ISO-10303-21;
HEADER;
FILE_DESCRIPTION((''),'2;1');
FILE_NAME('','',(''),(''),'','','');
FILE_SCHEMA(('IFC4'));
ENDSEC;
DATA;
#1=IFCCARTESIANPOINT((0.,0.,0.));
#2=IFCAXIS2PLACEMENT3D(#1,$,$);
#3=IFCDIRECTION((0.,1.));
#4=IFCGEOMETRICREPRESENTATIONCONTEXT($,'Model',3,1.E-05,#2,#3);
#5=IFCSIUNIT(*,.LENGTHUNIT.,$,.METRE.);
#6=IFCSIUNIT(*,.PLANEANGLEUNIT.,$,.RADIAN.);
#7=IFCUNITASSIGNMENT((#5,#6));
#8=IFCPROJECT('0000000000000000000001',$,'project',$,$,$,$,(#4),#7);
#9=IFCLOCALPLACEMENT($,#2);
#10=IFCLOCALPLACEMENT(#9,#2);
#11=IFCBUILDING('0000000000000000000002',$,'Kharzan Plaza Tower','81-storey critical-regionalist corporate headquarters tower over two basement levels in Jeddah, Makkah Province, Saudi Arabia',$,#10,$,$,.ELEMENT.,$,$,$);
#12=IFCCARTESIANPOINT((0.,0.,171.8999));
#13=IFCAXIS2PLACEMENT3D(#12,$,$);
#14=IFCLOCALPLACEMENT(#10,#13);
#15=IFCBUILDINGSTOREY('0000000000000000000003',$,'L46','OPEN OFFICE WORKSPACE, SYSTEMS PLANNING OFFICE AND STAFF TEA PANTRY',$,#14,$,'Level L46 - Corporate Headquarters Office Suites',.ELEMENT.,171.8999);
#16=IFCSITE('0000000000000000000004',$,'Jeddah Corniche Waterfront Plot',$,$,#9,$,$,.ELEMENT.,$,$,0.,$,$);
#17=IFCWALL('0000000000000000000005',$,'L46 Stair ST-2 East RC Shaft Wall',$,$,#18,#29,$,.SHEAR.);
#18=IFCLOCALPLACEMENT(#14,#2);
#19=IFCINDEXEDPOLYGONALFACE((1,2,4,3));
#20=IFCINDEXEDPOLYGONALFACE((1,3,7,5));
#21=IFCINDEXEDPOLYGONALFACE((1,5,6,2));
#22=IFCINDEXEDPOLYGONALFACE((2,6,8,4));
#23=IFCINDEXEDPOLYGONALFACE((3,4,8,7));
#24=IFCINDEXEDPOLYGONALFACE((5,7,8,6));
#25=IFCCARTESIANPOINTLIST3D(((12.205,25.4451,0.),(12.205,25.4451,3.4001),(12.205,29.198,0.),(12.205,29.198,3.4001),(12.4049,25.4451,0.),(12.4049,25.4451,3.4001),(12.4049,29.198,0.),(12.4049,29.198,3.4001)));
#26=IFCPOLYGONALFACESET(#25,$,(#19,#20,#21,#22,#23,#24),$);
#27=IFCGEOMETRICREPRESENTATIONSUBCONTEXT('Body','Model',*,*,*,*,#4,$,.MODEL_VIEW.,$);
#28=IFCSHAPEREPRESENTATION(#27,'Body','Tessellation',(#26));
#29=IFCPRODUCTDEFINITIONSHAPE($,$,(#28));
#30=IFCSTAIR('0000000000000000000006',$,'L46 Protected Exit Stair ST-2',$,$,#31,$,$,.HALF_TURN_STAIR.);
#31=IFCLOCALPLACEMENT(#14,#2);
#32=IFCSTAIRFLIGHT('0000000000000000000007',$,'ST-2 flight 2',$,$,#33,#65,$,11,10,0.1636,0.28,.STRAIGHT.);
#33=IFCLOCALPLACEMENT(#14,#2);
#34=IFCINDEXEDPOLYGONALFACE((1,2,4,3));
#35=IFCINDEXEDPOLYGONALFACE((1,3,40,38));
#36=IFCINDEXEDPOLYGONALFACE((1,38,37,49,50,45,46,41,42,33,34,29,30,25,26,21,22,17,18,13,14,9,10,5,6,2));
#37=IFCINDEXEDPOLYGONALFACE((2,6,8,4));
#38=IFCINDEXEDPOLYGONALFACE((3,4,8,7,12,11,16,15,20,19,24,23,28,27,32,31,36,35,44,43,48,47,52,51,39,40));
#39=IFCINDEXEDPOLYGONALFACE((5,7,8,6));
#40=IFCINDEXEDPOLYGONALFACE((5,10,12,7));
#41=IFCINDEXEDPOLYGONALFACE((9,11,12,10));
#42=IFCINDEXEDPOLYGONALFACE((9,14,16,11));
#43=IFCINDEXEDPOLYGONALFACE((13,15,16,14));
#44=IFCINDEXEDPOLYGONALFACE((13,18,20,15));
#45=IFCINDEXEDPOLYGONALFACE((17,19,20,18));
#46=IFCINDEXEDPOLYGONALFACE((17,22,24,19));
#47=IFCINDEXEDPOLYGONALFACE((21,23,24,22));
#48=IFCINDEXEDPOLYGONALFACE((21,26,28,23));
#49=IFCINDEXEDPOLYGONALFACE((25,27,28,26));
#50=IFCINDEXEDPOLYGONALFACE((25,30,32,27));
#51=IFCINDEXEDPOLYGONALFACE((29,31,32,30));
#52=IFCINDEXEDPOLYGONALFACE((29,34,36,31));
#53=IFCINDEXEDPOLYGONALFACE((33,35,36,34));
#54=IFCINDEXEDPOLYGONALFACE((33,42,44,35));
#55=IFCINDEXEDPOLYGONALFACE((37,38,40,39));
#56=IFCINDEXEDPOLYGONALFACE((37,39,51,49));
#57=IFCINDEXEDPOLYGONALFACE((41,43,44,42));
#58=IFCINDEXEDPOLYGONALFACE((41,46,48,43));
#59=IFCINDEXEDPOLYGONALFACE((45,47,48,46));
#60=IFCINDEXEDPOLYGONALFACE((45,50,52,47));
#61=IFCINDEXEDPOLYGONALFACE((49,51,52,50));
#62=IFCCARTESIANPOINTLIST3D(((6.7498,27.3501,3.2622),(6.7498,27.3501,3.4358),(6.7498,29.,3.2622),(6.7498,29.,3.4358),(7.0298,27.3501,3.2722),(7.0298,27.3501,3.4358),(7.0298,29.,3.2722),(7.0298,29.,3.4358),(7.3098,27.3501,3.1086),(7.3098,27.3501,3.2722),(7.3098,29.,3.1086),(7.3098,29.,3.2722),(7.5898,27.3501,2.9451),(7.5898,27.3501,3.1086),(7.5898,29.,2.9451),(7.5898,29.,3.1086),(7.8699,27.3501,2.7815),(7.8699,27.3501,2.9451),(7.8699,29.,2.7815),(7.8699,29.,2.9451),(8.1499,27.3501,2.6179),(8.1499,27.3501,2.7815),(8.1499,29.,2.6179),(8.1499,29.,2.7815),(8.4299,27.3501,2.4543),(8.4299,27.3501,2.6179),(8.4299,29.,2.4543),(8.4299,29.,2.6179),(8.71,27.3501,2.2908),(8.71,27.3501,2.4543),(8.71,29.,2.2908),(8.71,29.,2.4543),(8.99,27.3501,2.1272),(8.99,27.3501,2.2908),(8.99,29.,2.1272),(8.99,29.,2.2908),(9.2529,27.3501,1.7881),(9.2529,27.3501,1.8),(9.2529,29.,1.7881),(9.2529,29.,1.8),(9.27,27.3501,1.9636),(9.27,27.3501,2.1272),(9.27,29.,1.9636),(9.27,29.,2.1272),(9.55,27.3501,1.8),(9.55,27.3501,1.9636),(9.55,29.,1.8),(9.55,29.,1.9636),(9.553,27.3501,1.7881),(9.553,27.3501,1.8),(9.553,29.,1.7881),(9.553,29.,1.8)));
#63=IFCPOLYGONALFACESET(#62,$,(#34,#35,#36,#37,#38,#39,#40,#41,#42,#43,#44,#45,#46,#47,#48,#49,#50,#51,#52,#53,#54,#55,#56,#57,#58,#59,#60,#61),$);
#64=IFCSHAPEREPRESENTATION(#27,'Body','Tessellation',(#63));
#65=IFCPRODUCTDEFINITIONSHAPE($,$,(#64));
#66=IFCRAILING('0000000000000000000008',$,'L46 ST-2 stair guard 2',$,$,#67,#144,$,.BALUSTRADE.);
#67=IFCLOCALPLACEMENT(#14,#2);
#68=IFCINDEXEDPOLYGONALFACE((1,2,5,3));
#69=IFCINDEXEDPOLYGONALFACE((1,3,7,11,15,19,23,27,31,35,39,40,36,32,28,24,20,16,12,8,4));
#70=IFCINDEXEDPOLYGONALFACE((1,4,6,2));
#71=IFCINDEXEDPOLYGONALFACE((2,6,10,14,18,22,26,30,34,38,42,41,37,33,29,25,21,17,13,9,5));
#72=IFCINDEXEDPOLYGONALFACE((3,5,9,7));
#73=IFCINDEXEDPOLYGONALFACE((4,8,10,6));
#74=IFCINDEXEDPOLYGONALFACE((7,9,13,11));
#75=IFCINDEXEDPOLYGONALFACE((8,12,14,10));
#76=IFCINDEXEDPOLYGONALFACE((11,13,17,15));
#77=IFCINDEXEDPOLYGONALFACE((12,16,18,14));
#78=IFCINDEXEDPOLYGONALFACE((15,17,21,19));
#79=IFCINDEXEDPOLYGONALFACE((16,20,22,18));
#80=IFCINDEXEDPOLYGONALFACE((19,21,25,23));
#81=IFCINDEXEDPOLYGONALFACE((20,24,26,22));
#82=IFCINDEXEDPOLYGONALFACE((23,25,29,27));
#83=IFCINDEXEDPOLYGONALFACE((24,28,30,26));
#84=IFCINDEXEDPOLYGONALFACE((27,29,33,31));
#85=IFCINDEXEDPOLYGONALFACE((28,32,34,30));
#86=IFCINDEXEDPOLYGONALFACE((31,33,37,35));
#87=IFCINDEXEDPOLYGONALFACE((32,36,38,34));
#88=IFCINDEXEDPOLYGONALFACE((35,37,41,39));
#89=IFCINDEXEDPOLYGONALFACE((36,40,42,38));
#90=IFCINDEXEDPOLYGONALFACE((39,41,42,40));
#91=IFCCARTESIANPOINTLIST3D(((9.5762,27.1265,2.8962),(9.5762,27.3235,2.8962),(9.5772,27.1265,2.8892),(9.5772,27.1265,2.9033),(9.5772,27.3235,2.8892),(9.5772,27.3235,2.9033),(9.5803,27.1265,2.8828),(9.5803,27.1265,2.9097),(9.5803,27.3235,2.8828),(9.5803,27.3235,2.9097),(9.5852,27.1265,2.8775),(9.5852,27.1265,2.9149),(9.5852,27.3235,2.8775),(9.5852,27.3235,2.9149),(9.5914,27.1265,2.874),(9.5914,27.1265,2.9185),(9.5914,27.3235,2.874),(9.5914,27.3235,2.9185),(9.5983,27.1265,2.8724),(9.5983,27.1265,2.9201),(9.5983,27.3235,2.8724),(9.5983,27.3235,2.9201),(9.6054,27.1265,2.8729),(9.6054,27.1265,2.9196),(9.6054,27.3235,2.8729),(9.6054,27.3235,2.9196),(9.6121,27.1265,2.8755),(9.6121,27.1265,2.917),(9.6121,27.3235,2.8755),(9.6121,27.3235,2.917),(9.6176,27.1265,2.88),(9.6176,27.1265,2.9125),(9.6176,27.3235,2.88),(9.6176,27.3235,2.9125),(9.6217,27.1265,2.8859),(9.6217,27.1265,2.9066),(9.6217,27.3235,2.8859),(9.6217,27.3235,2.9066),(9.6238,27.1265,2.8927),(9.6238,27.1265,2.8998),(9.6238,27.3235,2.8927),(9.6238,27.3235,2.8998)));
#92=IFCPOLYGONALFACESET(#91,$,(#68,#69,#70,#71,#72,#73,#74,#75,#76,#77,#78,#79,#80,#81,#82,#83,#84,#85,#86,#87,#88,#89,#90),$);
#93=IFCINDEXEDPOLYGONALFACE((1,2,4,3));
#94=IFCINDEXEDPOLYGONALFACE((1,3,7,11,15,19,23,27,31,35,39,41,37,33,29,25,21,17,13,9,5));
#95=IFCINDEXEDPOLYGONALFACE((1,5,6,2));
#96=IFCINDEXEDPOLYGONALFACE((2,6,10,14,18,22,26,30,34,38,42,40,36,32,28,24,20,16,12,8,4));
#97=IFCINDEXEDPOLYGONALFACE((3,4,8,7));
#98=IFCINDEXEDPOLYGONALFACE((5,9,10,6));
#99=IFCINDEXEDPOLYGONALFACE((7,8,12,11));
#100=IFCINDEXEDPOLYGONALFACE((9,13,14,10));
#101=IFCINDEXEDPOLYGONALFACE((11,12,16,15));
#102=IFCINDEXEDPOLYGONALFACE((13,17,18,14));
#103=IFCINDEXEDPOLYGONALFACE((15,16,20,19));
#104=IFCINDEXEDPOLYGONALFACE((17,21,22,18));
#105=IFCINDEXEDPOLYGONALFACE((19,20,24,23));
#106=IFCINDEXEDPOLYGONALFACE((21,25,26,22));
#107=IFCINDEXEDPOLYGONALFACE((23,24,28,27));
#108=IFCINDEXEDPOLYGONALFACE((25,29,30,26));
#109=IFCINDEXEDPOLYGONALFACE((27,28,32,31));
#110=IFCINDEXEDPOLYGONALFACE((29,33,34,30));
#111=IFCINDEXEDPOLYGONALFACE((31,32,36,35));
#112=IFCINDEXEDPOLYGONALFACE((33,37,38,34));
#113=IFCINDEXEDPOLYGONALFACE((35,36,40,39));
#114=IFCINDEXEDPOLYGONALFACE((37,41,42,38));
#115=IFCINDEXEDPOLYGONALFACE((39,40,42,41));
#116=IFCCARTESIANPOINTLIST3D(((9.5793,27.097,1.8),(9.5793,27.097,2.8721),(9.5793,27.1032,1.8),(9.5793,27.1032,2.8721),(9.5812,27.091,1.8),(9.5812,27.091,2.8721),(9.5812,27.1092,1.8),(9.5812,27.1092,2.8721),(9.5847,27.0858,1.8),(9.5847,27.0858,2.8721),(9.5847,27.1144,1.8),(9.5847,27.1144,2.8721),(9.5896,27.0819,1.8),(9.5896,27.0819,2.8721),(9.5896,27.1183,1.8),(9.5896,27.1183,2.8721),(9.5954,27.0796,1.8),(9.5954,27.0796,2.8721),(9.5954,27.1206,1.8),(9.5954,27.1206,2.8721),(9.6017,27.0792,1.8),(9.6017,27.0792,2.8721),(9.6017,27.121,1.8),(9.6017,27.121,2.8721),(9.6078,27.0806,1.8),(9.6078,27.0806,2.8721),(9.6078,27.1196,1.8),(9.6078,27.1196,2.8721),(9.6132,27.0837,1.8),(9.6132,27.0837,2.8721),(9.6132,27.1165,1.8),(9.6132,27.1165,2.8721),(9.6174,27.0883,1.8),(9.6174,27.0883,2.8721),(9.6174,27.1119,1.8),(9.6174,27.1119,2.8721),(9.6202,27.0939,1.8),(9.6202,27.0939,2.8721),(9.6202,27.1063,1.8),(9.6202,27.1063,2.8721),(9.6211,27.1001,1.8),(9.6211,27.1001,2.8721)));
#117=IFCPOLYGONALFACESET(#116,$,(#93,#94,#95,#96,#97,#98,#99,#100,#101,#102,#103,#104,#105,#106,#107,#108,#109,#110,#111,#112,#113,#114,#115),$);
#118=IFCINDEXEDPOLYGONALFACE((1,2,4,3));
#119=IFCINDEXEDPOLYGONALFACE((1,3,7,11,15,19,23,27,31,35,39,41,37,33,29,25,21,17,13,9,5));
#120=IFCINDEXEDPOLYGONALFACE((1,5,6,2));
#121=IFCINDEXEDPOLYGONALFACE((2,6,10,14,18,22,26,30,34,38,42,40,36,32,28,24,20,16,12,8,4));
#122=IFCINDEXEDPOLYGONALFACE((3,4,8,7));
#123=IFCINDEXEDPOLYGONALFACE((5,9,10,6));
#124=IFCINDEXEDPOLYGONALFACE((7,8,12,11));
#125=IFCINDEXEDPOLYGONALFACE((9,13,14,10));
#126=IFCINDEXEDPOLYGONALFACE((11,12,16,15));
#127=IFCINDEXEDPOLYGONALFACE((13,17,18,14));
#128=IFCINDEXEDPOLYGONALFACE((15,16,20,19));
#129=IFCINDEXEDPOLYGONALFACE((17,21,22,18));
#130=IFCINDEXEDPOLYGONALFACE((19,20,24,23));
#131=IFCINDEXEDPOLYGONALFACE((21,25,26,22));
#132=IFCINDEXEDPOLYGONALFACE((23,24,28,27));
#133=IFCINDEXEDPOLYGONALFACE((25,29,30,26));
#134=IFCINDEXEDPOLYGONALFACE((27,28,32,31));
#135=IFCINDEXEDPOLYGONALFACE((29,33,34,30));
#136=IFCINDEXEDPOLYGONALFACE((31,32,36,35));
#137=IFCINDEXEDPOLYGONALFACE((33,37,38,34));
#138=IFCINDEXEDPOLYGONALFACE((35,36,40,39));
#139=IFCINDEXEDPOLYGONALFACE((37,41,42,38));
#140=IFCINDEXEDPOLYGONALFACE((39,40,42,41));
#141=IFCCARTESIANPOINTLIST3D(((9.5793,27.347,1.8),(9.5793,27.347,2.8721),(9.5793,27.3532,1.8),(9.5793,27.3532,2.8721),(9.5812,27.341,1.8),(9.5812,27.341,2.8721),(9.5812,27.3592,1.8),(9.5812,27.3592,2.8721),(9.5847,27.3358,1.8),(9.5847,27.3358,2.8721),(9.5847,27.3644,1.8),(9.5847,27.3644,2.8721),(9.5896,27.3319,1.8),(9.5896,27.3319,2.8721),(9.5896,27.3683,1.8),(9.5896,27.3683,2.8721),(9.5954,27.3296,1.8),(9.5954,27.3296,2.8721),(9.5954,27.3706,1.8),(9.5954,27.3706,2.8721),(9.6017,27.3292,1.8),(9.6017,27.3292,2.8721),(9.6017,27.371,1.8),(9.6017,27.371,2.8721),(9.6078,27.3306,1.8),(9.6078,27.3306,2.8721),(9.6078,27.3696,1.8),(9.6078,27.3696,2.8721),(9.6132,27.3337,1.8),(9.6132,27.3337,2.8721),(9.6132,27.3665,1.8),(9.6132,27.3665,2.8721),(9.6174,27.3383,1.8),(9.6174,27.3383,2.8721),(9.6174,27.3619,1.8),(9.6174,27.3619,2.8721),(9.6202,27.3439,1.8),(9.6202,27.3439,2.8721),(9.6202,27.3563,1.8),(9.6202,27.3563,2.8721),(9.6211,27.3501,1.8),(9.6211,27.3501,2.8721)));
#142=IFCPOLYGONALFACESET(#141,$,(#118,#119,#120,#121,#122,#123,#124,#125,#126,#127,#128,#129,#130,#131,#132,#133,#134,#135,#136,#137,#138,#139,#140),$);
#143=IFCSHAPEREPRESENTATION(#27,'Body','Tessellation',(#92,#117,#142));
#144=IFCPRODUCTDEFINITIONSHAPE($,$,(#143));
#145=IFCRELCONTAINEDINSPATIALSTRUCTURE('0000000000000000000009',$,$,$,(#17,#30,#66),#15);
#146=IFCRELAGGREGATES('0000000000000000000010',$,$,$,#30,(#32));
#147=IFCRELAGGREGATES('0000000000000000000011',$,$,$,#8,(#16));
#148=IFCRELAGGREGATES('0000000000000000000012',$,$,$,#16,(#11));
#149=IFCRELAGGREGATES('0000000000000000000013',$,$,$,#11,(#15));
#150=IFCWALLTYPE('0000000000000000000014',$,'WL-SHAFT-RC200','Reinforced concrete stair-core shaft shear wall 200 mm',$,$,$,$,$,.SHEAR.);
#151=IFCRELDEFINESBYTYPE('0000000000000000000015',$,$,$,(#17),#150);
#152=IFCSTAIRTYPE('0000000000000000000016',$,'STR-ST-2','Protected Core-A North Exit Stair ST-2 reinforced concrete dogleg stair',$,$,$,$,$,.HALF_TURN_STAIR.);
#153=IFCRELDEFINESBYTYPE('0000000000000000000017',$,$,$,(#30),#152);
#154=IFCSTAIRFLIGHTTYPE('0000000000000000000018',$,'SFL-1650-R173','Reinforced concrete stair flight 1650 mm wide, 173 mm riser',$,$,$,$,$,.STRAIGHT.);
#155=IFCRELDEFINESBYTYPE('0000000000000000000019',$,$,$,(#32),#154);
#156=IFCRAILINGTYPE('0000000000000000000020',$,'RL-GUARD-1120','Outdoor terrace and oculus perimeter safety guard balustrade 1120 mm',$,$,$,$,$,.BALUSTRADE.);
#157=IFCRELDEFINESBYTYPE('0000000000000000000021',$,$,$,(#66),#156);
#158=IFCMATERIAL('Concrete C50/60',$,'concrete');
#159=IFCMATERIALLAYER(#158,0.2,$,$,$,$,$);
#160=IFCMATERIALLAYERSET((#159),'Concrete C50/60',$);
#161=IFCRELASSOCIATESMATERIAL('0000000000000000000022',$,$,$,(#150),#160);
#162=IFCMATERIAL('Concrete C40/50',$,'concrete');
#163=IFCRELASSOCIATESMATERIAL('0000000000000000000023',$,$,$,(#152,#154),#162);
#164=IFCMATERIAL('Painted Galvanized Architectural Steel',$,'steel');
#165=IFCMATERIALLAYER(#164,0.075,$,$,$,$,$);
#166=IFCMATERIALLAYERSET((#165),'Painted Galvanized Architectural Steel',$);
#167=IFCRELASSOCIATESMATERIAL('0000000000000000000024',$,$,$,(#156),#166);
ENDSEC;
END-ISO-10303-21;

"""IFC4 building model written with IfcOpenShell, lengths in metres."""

from ifc_helpers import new_model, si_unit, direction, frame, frame_2d, origin, origin_2d, place, context, subcontext, project, spatial, polyline, rectangle, circle, outline, extrude, source, transform, mapped, material, layer, layer_set, type_object, element, aggregate, save


model = new_model("IFC4")

# Units and contexts
model_context = context("Model", 3, precision=1e-05, world=origin(), true_north=direction((0.0, 1.0)))
body_context = subcontext(model_context, "Body", "Model", "MODEL_VIEW")
ifc_project = project(units=[si_unit("LENGTHUNIT", "METRE"), si_unit("PLANEANGLEUNIT", "RADIAN")], contexts=[model_context])

# Site, building, storey
site_placement = place(None, origin())
site = spatial("IfcSite", under=ifc_project, at=site_placement, Name="Jeddah Corniche Waterfront Plot", CompositionType="ELEMENT", RefElevation=0.0)
building_placement = place(site_placement, origin())
building = spatial("IfcBuilding", under=site, at=building_placement, Name="Kharzan Plaza Tower", Description="81-storey critical-regionalist corporate headquarters tower over two basement levels in Jeddah, Makkah Province, Saudi Arabia", CompositionType="ELEMENT")
storey_placement = place(building_placement, frame((0.0, 0.0, 171.8999)))
storey = spatial("IfcBuildingStorey", under=building, at=storey_placement, Name="L46", Description="OPEN OFFICE WORKSPACE, SYSTEMS PLANNING OFFICE AND STAFF TEA PANTRY", LongName="Level L46 - Corporate Headquarters Office Suites", CompositionType="ELEMENT", Elevation=171.8999)

# Shared definitions
ifc_material_1 = material(Name="Concrete C40/50", Category="concrete")

# Wall
ifc_material_2 = material(Name="Concrete C50/60", Category="concrete")
ifc_layer_1 = layer(ifc_material_2, 0.2)
ifc_layer_set_1 = layer_set([ifc_layer_1], Name="Concrete C50/60")
wall_type_1 = type_object("IfcWallType", Name="WL-SHAFT-RC200", Description="Reinforced concrete stair-core shaft shear wall 200 mm", PredefinedType="SHEAR", material=ifc_layer_set_1)
shared_shape_1 = source(origin(), body_context, "Body", "SweptSolid", [
    extrude(rectangle(XDim=3.7529, YDim=0.2, at=frame_2d((1.8765, 0.0))), origin(), (0.0, 0.0, 1.0), 3.4001),
])
wall_1_placement = place(storey_placement, frame((12.3049, 25.4451, 0.0), z_axis=(0.0, 0.0, 1.0), x_axis=(0.0, 1.0, 0.0)))
element("IfcWall", 1, at=wall_1_placement, inside=storey, type_object=wall_type_1, Name="L46 Stair ST-2 East RC Shaft Wall", PredefinedType="SHEAR", context=body_context, shape_type="MappedRepresentation", body=[
    mapped(shared_shape_1, transform((0.0, 0.0, 0.0), x_axis=(1.0, 0.0, 0.0), y_axis=(0.0, 1.0, 0.0), z_axis=(0.0, 0.0, 1.0))),
])

# Stair, stair flight
stair_type = type_object("IfcStairType", Name="STR-ST-2", Description="Protected Core-A North Exit Stair ST-2 reinforced concrete dogleg stair", PredefinedType="HALF_TURN_STAIR", material=ifc_material_1)
stair_placement = place(storey_placement, origin())
stair = element("IfcStair", 2, at=stair_placement, inside=storey, type_object=stair_type, Name="L46 Protected Exit Stair ST-2", PredefinedType="HALF_TURN_STAIR")
stair_flight_type = type_object("IfcStairFlightType", Name="SFL-1650-R173", Description="Reinforced concrete stair flight 1650 mm wide, 173 mm riser", PredefinedType="STRAIGHT", material=ifc_material_1)
shared_shape_2 = source(origin(), body_context, "Body", "SweptSolid", [
    extrude(outline(polyline([(-0.0029, -0.012), (-0.0029, 0.0), (0.0, 0.0), (0.0, 0.1636), (0.28, 0.1636), (0.28, 0.3271), (0.5601, 0.3271), (0.5601, 0.4907), (0.8401, 0.4907), (0.8401, 0.6543), (1.1201, 0.6543), (1.1201, 0.8179), (1.4001, 0.8179), (1.4001, 0.9814), (1.6802, 0.9814), (1.6802, 1.145), (1.9602, 1.145), (1.9602, 1.3086), (2.2402, 1.3086), (2.2402, 1.4722), (2.5203, 1.4722), (2.5203, 1.6357), (2.8003, 1.6357), (2.8003, 1.7993), (2.8003, 1.4622), (0.2971, 0.0), (0.2971, -0.012), (-0.0029, -0.012)])), frame((0.0, 0.825, 0.0), z_axis=(0.0, -1.0, 0.0), x_axis=(1.0, 0.0, 0.0)), (0.0, 0.0, 1.0), 1.6499),
])
stair_flight_placement = place(storey_placement, frame((9.55, 28.175, 1.8), z_axis=(0.0, 0.0, 1.0), x_axis=(-1.0, 0.0, 0.0)))
stair_flight = element("IfcStairFlight", 3, at=stair_flight_placement, type_object=stair_flight_type, Name="ST-2 flight 2", NumberOfRisers=11, NumberOfTreads=10, PredefinedType="STRAIGHT", RiserHeight=0.1636, TreadLength=0.28, context=body_context, shape_type="MappedRepresentation", body=[
    mapped(shared_shape_2, transform((0.0, 0.0, 0.0), x_axis=(1.0, 0.0, 0.0), y_axis=(0.0, 1.0, 0.0), z_axis=(0.0, 0.0, 1.0))),
])
aggregate(stair, [stair_flight])

# Railing
ifc_material_3 = material(Name="Painted Galvanized Architectural Steel", Category="steel")
ifc_layer_2 = layer(ifc_material_3, 0.075)
ifc_layer_set_2 = layer_set([ifc_layer_2], Name="Painted Galvanized Architectural Steel")
railing_type_1 = type_object("IfcRailingType", Name="RL-GUARD-1120", Description="Outdoor terrace and oculus perimeter safety guard balustrade 1120 mm", PredefinedType="BALUSTRADE", material=ifc_layer_set_2)
shared_shape_3 = source(origin(), body_context, "Body", "SweptSolid", [
    extrude(circle(Radius=0.0239, at=origin_2d()), frame((0.0, 0.0264, 1.0962), z_axis=(0.0, 1.0, 0.0), x_axis=(-1.0, 0.0, 0.0)), (0.0, 0.0, 1.0), 0.197),
    extrude(circle(Radius=0.021, at=origin_2d()), origin(), (0.0, 0.0, 1.0), 1.072),
    extrude(circle(Radius=0.021, at=origin_2d()), frame((0.0, 0.25, 0.0)), (0.0, 0.0, 1.0), 1.072),
])
railing_1_placement = place(storey_placement, frame((9.6001, 27.1001, 1.8)))
element("IfcRailing", 4, at=railing_1_placement, inside=storey, type_object=railing_type_1, Name="L46 ST-2 stair guard 2", PredefinedType="BALUSTRADE", context=body_context, shape_type="MappedRepresentation", body=[
    mapped(shared_shape_3, transform((0.0, 0.0, 0.0), x_axis=(1.0, 0.0, 0.0), y_axis=(0.0, 1.0, 0.0), z_axis=(0.0, 0.0, 1.0))),
])

save(model, "model.ifc")
